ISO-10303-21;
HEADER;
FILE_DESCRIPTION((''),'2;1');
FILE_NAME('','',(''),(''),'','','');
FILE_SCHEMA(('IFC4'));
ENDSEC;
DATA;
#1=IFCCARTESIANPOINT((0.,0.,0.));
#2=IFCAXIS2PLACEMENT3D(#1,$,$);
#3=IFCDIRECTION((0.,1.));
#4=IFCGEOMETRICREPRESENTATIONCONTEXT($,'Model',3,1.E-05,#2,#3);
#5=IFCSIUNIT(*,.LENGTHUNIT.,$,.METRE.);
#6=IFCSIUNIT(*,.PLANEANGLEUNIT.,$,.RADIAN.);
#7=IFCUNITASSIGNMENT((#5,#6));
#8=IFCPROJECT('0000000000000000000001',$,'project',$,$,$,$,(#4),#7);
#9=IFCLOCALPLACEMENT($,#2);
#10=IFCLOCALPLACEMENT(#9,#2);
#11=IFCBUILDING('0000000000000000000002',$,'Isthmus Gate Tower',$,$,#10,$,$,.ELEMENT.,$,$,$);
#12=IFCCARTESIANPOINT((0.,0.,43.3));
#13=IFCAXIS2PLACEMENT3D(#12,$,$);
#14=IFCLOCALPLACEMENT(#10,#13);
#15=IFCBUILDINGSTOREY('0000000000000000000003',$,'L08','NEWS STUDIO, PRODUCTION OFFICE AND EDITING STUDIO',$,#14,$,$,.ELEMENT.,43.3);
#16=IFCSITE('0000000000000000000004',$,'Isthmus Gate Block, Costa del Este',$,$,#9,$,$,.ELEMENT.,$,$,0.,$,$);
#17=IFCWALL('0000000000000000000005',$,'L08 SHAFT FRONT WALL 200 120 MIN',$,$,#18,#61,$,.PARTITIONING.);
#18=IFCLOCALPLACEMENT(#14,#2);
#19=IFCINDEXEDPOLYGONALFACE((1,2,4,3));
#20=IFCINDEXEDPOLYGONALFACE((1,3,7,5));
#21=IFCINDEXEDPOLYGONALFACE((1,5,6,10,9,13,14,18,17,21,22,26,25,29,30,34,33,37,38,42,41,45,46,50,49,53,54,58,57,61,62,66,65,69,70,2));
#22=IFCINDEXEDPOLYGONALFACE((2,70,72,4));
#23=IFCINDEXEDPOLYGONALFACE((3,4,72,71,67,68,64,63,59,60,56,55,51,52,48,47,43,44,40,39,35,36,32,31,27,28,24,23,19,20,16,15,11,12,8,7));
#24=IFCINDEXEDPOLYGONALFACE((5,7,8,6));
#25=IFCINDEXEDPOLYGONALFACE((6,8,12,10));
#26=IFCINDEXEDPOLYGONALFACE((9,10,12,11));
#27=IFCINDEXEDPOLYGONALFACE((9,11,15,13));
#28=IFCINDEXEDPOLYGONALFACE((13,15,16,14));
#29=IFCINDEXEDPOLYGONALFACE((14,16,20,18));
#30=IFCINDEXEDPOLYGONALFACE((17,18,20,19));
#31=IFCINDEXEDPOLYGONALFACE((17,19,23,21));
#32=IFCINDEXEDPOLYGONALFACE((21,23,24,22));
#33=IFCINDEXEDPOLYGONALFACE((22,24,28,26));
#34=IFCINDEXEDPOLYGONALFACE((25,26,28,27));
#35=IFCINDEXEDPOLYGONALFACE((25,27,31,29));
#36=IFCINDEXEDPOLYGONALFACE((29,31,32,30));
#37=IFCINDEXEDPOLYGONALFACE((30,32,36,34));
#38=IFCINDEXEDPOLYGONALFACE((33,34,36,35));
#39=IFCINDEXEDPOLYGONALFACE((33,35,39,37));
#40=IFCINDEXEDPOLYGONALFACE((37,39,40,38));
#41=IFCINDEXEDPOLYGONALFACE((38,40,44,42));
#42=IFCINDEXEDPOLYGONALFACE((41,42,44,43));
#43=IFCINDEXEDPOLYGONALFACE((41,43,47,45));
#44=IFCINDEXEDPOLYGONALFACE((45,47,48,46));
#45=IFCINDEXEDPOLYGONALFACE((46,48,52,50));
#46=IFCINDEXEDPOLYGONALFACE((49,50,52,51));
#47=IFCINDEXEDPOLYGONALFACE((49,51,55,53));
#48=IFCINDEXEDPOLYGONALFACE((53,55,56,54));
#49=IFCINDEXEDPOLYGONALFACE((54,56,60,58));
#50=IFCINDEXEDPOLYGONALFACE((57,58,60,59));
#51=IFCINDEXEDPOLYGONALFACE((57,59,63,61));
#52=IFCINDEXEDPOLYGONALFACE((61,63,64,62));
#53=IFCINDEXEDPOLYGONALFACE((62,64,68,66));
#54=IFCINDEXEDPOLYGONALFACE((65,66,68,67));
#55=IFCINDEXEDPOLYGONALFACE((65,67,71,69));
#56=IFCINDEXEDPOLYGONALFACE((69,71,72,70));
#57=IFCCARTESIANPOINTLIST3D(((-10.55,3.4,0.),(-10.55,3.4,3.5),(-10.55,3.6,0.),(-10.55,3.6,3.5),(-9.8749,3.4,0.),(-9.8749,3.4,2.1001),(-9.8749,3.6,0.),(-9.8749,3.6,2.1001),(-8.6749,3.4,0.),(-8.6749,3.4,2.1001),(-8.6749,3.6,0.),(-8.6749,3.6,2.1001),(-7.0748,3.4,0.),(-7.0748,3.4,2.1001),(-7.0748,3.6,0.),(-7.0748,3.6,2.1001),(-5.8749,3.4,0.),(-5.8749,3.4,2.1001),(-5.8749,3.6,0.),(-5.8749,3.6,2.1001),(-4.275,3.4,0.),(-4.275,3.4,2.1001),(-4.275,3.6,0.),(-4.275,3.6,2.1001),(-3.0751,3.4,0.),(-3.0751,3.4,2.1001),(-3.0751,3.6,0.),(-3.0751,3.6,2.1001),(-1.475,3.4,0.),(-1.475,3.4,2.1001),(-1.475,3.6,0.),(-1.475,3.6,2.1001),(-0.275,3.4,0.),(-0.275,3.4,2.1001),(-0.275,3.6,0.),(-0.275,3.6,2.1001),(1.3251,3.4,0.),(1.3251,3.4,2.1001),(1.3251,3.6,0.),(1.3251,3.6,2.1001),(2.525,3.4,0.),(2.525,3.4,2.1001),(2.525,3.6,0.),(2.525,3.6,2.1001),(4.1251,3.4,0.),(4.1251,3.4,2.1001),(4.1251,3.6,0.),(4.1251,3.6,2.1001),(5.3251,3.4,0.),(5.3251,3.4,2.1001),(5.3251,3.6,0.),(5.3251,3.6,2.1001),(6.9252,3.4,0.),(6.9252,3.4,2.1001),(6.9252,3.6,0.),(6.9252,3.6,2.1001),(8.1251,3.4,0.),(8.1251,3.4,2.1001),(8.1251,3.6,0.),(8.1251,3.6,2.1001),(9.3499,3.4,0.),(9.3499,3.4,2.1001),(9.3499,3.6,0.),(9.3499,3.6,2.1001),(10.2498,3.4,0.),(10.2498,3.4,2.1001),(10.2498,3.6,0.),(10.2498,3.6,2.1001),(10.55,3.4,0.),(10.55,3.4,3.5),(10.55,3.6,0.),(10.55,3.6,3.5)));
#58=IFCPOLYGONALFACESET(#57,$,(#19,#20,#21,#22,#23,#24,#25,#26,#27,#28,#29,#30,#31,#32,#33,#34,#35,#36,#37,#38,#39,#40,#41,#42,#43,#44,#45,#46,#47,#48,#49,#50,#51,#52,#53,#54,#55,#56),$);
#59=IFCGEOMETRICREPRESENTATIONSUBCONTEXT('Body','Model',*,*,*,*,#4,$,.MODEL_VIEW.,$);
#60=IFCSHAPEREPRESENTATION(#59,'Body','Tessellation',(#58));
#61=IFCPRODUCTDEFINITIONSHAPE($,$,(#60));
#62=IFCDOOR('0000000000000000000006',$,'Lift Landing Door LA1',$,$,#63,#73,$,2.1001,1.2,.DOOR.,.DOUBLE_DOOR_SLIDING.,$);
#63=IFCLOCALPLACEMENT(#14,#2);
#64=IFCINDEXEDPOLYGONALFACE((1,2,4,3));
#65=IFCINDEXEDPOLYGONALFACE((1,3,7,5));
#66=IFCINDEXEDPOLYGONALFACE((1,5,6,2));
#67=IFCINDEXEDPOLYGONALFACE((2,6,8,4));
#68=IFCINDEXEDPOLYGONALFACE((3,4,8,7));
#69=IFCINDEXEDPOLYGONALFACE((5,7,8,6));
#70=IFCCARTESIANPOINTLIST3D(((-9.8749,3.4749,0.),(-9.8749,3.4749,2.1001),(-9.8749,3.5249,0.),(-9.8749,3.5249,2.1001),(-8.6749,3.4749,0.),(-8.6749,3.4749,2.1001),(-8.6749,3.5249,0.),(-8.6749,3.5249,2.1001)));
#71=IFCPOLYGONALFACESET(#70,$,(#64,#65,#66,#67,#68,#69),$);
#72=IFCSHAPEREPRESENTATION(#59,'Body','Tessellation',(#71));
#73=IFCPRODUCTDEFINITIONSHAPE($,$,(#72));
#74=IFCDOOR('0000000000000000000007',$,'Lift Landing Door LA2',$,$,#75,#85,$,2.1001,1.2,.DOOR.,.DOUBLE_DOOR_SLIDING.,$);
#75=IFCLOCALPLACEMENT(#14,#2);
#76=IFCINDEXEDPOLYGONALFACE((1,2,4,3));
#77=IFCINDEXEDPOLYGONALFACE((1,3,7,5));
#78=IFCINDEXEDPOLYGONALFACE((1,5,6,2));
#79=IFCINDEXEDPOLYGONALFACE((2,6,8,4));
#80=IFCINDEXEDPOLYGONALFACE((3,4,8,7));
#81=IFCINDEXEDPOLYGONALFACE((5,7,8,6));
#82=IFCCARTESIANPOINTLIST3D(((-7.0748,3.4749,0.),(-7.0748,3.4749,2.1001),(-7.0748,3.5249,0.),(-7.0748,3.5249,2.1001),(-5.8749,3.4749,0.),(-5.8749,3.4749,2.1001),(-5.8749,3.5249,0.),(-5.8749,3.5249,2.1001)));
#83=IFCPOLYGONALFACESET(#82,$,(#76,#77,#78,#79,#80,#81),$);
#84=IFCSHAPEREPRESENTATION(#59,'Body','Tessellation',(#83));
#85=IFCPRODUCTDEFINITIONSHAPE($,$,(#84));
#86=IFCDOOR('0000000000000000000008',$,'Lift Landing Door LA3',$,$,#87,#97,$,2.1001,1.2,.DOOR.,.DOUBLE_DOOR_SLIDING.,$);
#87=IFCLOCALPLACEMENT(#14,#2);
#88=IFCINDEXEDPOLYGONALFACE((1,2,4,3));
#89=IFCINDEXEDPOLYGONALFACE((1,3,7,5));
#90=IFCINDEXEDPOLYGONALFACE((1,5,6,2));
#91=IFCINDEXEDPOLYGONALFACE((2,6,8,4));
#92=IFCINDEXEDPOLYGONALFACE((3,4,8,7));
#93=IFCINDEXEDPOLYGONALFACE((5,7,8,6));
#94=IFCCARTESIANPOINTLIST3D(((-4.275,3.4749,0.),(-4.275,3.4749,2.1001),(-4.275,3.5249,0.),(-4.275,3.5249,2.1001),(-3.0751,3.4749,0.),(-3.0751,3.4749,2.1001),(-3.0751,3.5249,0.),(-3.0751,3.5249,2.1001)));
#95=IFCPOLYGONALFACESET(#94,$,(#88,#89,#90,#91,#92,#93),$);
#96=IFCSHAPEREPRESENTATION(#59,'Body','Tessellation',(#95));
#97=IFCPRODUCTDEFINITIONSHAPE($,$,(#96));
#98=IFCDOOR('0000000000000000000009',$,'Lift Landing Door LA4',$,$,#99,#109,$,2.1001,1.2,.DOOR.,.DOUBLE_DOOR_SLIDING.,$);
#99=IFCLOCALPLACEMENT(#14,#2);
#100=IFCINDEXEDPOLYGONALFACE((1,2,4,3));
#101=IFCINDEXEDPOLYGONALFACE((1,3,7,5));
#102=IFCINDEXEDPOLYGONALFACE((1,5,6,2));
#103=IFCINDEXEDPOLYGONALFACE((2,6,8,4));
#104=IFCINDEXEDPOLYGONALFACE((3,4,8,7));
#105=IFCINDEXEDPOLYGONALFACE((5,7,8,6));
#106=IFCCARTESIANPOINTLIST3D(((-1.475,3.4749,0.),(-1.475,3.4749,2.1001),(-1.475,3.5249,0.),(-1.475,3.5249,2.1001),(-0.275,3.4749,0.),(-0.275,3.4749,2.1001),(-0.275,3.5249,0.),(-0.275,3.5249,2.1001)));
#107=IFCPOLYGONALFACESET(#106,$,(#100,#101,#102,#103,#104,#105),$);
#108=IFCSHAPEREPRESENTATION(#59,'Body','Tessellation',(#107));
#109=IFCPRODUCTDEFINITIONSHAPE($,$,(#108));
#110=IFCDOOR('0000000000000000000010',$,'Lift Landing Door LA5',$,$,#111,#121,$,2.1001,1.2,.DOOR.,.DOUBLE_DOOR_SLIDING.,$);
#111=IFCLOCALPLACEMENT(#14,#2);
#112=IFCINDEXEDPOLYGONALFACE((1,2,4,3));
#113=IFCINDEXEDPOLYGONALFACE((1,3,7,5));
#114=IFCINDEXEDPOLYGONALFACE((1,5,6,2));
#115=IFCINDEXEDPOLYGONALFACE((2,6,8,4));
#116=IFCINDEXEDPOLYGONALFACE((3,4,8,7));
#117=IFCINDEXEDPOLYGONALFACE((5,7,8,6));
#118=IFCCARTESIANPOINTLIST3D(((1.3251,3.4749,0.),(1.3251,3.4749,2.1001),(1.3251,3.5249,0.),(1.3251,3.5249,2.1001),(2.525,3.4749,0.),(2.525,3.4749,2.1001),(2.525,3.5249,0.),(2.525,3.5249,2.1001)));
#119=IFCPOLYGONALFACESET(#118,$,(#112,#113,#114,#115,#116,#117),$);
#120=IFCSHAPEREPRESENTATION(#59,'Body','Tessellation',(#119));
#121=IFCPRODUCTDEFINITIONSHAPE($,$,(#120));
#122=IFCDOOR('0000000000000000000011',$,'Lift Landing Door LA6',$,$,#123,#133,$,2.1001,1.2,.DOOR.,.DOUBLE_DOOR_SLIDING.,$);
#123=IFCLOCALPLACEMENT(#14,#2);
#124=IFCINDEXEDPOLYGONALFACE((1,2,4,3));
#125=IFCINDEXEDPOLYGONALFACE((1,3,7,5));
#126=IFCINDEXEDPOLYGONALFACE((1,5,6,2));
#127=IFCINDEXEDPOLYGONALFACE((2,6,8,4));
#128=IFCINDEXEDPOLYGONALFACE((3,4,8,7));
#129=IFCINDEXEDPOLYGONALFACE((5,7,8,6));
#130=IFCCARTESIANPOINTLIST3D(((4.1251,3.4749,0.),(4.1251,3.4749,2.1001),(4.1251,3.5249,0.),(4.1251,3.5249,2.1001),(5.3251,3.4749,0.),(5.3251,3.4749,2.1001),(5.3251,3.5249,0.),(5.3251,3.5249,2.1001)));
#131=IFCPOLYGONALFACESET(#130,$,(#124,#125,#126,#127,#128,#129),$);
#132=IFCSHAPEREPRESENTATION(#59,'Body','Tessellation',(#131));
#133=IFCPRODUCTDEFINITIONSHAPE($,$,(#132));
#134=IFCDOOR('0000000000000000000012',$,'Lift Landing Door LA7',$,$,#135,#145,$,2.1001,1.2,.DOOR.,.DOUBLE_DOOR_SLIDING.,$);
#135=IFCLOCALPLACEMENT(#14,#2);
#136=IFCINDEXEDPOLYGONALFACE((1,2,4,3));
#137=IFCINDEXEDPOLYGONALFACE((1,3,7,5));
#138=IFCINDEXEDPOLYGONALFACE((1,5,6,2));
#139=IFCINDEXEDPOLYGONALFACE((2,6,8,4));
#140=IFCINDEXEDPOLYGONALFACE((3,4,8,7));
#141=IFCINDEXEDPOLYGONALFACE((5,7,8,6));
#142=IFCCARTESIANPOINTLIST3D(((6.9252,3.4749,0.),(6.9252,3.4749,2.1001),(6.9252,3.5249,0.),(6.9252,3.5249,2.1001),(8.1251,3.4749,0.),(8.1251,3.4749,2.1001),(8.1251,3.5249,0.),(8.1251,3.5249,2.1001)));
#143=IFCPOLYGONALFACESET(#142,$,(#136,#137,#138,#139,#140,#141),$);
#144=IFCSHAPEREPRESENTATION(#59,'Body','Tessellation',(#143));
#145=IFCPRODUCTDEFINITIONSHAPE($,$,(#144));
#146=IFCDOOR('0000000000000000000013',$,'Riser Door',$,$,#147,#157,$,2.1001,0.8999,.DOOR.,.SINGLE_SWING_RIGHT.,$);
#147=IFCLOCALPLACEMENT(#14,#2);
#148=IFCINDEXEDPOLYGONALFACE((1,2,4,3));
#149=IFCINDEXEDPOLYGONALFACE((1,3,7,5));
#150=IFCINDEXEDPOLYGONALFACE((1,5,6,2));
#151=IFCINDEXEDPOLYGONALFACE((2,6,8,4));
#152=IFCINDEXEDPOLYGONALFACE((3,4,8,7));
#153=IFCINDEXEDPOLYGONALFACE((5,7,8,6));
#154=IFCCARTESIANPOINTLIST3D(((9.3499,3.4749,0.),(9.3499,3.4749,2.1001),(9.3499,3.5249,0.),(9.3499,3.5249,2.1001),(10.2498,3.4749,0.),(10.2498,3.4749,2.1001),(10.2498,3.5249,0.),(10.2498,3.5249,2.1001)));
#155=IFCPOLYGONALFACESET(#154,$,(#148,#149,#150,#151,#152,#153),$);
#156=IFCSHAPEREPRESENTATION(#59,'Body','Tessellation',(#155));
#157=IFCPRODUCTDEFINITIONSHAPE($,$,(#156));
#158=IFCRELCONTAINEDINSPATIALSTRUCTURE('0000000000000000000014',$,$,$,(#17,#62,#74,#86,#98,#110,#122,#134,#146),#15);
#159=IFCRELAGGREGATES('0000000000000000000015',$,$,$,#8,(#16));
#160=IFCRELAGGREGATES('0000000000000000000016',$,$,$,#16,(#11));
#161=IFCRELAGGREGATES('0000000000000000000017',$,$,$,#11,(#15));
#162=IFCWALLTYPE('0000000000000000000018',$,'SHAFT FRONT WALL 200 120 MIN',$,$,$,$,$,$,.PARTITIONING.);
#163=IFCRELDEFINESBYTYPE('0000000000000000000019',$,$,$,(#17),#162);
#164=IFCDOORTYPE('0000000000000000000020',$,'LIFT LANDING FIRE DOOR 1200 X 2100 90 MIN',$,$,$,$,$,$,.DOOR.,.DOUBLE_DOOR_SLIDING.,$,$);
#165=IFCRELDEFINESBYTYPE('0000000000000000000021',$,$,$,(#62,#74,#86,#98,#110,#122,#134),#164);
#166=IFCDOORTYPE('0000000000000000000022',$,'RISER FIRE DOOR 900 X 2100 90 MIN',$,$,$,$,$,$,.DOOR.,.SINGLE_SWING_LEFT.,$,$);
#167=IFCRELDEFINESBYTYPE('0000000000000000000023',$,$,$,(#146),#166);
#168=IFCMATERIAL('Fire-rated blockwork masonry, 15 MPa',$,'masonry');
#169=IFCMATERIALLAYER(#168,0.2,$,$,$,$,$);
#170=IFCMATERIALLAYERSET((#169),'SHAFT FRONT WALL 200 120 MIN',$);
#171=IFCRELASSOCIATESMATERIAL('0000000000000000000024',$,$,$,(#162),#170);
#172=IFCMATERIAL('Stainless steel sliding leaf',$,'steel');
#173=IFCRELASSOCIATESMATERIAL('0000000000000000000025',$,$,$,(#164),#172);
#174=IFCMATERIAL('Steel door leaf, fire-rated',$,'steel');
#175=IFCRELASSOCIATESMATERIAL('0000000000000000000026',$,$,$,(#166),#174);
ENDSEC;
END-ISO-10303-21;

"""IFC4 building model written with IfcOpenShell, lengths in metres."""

from ifc_helpers import new_model, si_unit, direction, frame, frame_2d, origin, place, context, subcontext, project, spatial, rectangle, extrude, material, layer, layer_set, type_object, element, fill, save


model = new_model("IFC4")

# Units and contexts
model_context = context("Model", 3, precision=1e-05, world=origin(), true_north=direction((0.0, 1.0)))
body_context = subcontext(model_context, "Body", "Model", "MODEL_VIEW")
ifc_project = project(units=[si_unit("LENGTHUNIT", "METRE"), si_unit("PLANEANGLEUNIT", "RADIAN")], contexts=[model_context])

# Site, building, storey
site_placement = place(None, origin())
site = spatial("IfcSite", under=ifc_project, at=site_placement, Name="Isthmus Gate Block, Costa del Este", CompositionType="ELEMENT", RefElevation=0.0)
building_placement = place(site_placement, origin())
building = spatial("IfcBuilding", under=site, at=building_placement, Name="Isthmus Gate Tower", CompositionType="ELEMENT")
storey_placement = place(building_placement, frame((0.0, 0.0, 43.3)))
storey = spatial("IfcBuildingStorey", under=building, at=storey_placement, Name="L08", Description="NEWS STUDIO, PRODUCTION OFFICE AND EDITING STUDIO", CompositionType="ELEMENT", Elevation=43.3)

# Wall, openings, doors
ifc_material_1 = material(Name="Fire-rated blockwork masonry, 15 MPa", Category="masonry")
ifc_layer_1 = layer(ifc_material_1, 0.2)
ifc_layer_set_1 = layer_set([ifc_layer_1], Name="SHAFT FRONT WALL 200 120 MIN")
wall_type_1 = type_object("IfcWallType", Name="SHAFT FRONT WALL 200 120 MIN", PredefinedType="PARTITIONING", material=ifc_layer_set_1)
wall_1_placement = place(storey_placement, frame((-10.55, 3.5, 0.0), z_axis=(0.0, 0.0, 1.0), x_axis=(1.0, 0.0, 0.0)))
wall_1 = element("IfcWall", 1, at=wall_1_placement, inside=storey, type_object=wall_type_1, Name="L08 SHAFT FRONT WALL 200 120 MIN", PredefinedType="PARTITIONING", context=body_context, shape_type="SweptSolid", body=[
    extrude(rectangle(XDim=21.1001, YDim=0.2, at=frame_2d((10.55, 0.0))), origin(), (0.0, 0.0, 1.0), 3.5),
])
opening_1_placement = place(wall_1_placement, frame((0.675, 0.0, 0.0)))
opening_1 = element("IfcOpeningElement", 2, at=opening_1_placement, cuts=wall_1, PredefinedType="OPENING", context=body_context, shape_type="SweptSolid", body=[
    extrude(rectangle(XDim=1.2, YDim=2.1001, at=frame_2d((0.6001, 1.05))), frame((0.0, 0.1099, 0.0), z_axis=(0.0, -1.0, 0.0), x_axis=(1.0, 0.0, 0.0)), (0.0, 0.0, 1.0), 0.22),
])
opening_2_placement = place(wall_1_placement, frame((3.4751, 0.0, 0.0)))
opening_2 = element("IfcOpeningElement", 3, at=opening_2_placement, cuts=wall_1, PredefinedType="OPENING", context=body_context, shape_type="SweptSolid", body=[
    extrude(rectangle(XDim=1.2, YDim=2.1001, at=frame_2d((0.6001, 1.05))), frame((0.0, 0.1099, 0.0), z_axis=(0.0, -1.0, 0.0), x_axis=(1.0, 0.0, 0.0)), (0.0, 0.0, 1.0), 0.22),
])
opening_3_placement = place(wall_1_placement, frame((6.2749, 0.0, 0.0)))
opening_3 = element("IfcOpeningElement", 4, at=opening_3_placement, cuts=wall_1, PredefinedType="OPENING", context=body_context, shape_type="SweptSolid", body=[
    extrude(rectangle(XDim=1.2, YDim=2.1001, at=frame_2d((0.6001, 1.05))), frame((0.0, 0.1099, 0.0), z_axis=(0.0, -1.0, 0.0), x_axis=(1.0, 0.0, 0.0)), (0.0, 0.0, 1.0), 0.22),
])
opening_4_placement = place(wall_1_placement, frame((9.075, 0.0, 0.0)))
opening_4 = element("IfcOpeningElement", 5, at=opening_4_placement, cuts=wall_1, PredefinedType="OPENING", context=body_context, shape_type="SweptSolid", body=[
    extrude(rectangle(XDim=1.2, YDim=2.1001, at=frame_2d((0.6001, 1.05))), frame((0.0, 0.1099, 0.0), z_axis=(0.0, -1.0, 0.0), x_axis=(1.0, 0.0, 0.0)), (0.0, 0.0, 1.0), 0.22),
])
opening_5_placement = place(wall_1_placement, frame((11.875, 0.0, 0.0)))
opening_5 = element("IfcOpeningElement", 6, at=opening_5_placement, cuts=wall_1, PredefinedType="OPENING", context=body_context, shape_type="SweptSolid", body=[
    extrude(rectangle(XDim=1.2, YDim=2.1001, at=frame_2d((0.6001, 1.05))), frame((0.0, 0.1099, 0.0), z_axis=(0.0, -1.0, 0.0), x_axis=(1.0, 0.0, 0.0)), (0.0, 0.0, 1.0), 0.22),
])
opening_6_placement = place(wall_1_placement, frame((14.675, 0.0, 0.0)))
opening_6 = element("IfcOpeningElement", 7, at=opening_6_placement, cuts=wall_1, PredefinedType="OPENING", context=body_context, shape_type="SweptSolid", body=[
    extrude(rectangle(XDim=1.2, YDim=2.1001, at=frame_2d((0.6001, 1.05))), frame((0.0, 0.1099, 0.0), z_axis=(0.0, -1.0, 0.0), x_axis=(1.0, 0.0, 0.0)), (0.0, 0.0, 1.0), 0.22),
])
opening_7_placement = place(wall_1_placement, frame((17.4751, 0.0, 0.0)))
opening_7 = element("IfcOpeningElement", 8, at=opening_7_placement, cuts=wall_1, PredefinedType="OPENING", context=body_context, shape_type="SweptSolid", body=[
    extrude(rectangle(XDim=1.2, YDim=2.1001, at=frame_2d((0.6001, 1.05))), frame((0.0, 0.1099, 0.0), z_axis=(0.0, -1.0, 0.0), x_axis=(1.0, 0.0, 0.0)), (0.0, 0.0, 1.0), 0.22),
])
opening_8_placement = place(wall_1_placement, frame((19.8999, 0.0, 0.0)))
opening_8 = element("IfcOpeningElement", 9, at=opening_8_placement, cuts=wall_1, PredefinedType="OPENING", context=body_context, shape_type="SweptSolid", body=[
    extrude(rectangle(XDim=0.8999, YDim=2.1001, at=frame_2d((0.45, 1.05))), frame((0.0, 0.1099, 0.0), z_axis=(0.0, -1.0, 0.0), x_axis=(1.0, 0.0, 0.0)), (0.0, 0.0, 1.0), 0.22),
])
ifc_material_2 = material(Name="Stainless steel sliding leaf", Category="steel")
door_type_1 = type_object("IfcDoorType", Name="LIFT LANDING FIRE DOOR 1200 X 2100 90 MIN", OperationType="DOUBLE_DOOR_SLIDING", PredefinedType="DOOR", material=ifc_material_2)
door_1_placement = place(opening_1_placement, origin())
door_1 = element("IfcDoor", 10, at=door_1_placement, inside=storey, type_object=door_type_1, Name="Lift Landing Door LA1", OperationType="DOUBLE_DOOR_SLIDING", OverallHeight=2.1001, OverallWidth=1.2, PredefinedType="DOOR", context=body_context, shape_type="SweptSolid", body=[
    extrude(rectangle(XDim=1.2, YDim=2.1001, at=frame_2d((0.6001, 1.05))), frame((0.0, 0.0249, 0.0), z_axis=(0.0, -1.0, 0.0), x_axis=(1.0, 0.0, 0.0)), (0.0, 0.0, 1.0), 0.05),
])
fill(opening_1, door_1)
door_2_placement = place(opening_2_placement, origin())
door_2 = element("IfcDoor", 11, at=door_2_placement, inside=storey, type_object=door_type_1, Name="Lift Landing Door LA2", OperationType="DOUBLE_DOOR_SLIDING", OverallHeight=2.1001, OverallWidth=1.2, PredefinedType="DOOR", context=body_context, shape_type="SweptSolid", body=[
    extrude(rectangle(XDim=1.2, YDim=2.1001, at=frame_2d((0.6001, 1.05))), frame((0.0, 0.0249, 0.0), z_axis=(0.0, -1.0, 0.0), x_axis=(1.0, 0.0, 0.0)), (0.0, 0.0, 1.0), 0.05),
])
fill(opening_2, door_2)
door_3_placement = place(opening_3_placement, origin())
door_3 = element("IfcDoor", 12, at=door_3_placement, inside=storey, type_object=door_type_1, Name="Lift Landing Door LA3", OperationType="DOUBLE_DOOR_SLIDING", OverallHeight=2.1001, OverallWidth=1.2, PredefinedType="DOOR", context=body_context, shape_type="SweptSolid", body=[
    extrude(rectangle(XDim=1.2, YDim=2.1001, at=frame_2d((0.6001, 1.05))), frame((0.0, 0.0249, 0.0), z_axis=(0.0, -1.0, 0.0), x_axis=(1.0, 0.0, 0.0)), (0.0, 0.0, 1.0), 0.05),
])
fill(opening_3, door_3)
door_4_placement = place(opening_4_placement, origin())
door_4 = element("IfcDoor", 13, at=door_4_placement, inside=storey, type_object=door_type_1, Name="Lift Landing Door LA4", OperationType="DOUBLE_DOOR_SLIDING", OverallHeight=2.1001, OverallWidth=1.2, PredefinedType="DOOR", context=body_context, shape_type="SweptSolid", body=[
    extrude(rectangle(XDim=1.2, YDim=2.1001, at=frame_2d((0.6001, 1.05))), frame((0.0, 0.0249, 0.0), z_axis=(0.0, -1.0, 0.0), x_axis=(1.0, 0.0, 0.0)), (0.0, 0.0, 1.0), 0.05),
])
fill(opening_4, door_4)
door_5_placement = place(opening_5_placement, origin())
door_5 = element("IfcDoor", 14, at=door_5_placement, inside=storey, type_object=door_type_1, Name="Lift Landing Door LA5", OperationType="DOUBLE_DOOR_SLIDING", OverallHeight=2.1001, OverallWidth=1.2, PredefinedType="DOOR", context=body_context, shape_type="SweptSolid", body=[
    extrude(rectangle(XDim=1.2, YDim=2.1001, at=frame_2d((0.6001, 1.05))), frame((0.0, 0.0249, 0.0), z_axis=(0.0, -1.0, 0.0), x_axis=(1.0, 0.0, 0.0)), (0.0, 0.0, 1.0), 0.05),
])
fill(opening_5, door_5)
door_6_placement = place(opening_6_placement, origin())
door_6 = element("IfcDoor", 15, at=door_6_placement, inside=storey, type_object=door_type_1, Name="Lift Landing Door LA6", OperationType="DOUBLE_DOOR_SLIDING", OverallHeight=2.1001, OverallWidth=1.2, PredefinedType="DOOR", context=body_context, shape_type="SweptSolid", body=[
    extrude(rectangle(XDim=1.2, YDim=2.1001, at=frame_2d((0.6001, 1.05))), frame((0.0, 0.0249, 0.0), z_axis=(0.0, -1.0, 0.0), x_axis=(1.0, 0.0, 0.0)), (0.0, 0.0, 1.0), 0.05),
])
fill(opening_6, door_6)
door_7_placement = place(opening_7_placement, origin())
door_7 = element("IfcDoor", 16, at=door_7_placement, inside=storey, type_object=door_type_1, Name="Lift Landing Door LA7", OperationType="DOUBLE_DOOR_SLIDING", OverallHeight=2.1001, OverallWidth=1.2, PredefinedType="DOOR", context=body_context, shape_type="SweptSolid", body=[
    extrude(rectangle(XDim=1.2, YDim=2.1001, at=frame_2d((0.6001, 1.05))), frame((0.0, 0.0249, 0.0), z_axis=(0.0, -1.0, 0.0), x_axis=(1.0, 0.0, 0.0)), (0.0, 0.0, 1.0), 0.05),
])
fill(opening_7, door_7)
ifc_material_3 = material(Name="Steel door leaf, fire-rated", Category="steel")
door_type_2 = type_object("IfcDoorType", Name="RISER FIRE DOOR 900 X 2100 90 MIN", OperationType="SINGLE_SWING_LEFT", PredefinedType="DOOR", material=ifc_material_3)
door_8_placement = place(opening_8_placement, origin())
door_8 = element("IfcDoor", 17, at=door_8_placement, inside=storey, type_object=door_type_2, Name="Riser Door", OperationType="SINGLE_SWING_RIGHT", OverallHeight=2.1001, OverallWidth=0.8999, PredefinedType="DOOR", context=body_context, shape_type="SweptSolid", body=[
    extrude(rectangle(XDim=0.8999, YDim=2.1001, at=frame_2d((0.45, 1.05))), frame((0.0, 0.0249, 0.0), z_axis=(0.0, -1.0, 0.0), x_axis=(1.0, 0.0, 0.0)), (0.0, 0.0, 1.0), 0.05),
])
fill(opening_8, door_8)

save(model, "model.ifc")
